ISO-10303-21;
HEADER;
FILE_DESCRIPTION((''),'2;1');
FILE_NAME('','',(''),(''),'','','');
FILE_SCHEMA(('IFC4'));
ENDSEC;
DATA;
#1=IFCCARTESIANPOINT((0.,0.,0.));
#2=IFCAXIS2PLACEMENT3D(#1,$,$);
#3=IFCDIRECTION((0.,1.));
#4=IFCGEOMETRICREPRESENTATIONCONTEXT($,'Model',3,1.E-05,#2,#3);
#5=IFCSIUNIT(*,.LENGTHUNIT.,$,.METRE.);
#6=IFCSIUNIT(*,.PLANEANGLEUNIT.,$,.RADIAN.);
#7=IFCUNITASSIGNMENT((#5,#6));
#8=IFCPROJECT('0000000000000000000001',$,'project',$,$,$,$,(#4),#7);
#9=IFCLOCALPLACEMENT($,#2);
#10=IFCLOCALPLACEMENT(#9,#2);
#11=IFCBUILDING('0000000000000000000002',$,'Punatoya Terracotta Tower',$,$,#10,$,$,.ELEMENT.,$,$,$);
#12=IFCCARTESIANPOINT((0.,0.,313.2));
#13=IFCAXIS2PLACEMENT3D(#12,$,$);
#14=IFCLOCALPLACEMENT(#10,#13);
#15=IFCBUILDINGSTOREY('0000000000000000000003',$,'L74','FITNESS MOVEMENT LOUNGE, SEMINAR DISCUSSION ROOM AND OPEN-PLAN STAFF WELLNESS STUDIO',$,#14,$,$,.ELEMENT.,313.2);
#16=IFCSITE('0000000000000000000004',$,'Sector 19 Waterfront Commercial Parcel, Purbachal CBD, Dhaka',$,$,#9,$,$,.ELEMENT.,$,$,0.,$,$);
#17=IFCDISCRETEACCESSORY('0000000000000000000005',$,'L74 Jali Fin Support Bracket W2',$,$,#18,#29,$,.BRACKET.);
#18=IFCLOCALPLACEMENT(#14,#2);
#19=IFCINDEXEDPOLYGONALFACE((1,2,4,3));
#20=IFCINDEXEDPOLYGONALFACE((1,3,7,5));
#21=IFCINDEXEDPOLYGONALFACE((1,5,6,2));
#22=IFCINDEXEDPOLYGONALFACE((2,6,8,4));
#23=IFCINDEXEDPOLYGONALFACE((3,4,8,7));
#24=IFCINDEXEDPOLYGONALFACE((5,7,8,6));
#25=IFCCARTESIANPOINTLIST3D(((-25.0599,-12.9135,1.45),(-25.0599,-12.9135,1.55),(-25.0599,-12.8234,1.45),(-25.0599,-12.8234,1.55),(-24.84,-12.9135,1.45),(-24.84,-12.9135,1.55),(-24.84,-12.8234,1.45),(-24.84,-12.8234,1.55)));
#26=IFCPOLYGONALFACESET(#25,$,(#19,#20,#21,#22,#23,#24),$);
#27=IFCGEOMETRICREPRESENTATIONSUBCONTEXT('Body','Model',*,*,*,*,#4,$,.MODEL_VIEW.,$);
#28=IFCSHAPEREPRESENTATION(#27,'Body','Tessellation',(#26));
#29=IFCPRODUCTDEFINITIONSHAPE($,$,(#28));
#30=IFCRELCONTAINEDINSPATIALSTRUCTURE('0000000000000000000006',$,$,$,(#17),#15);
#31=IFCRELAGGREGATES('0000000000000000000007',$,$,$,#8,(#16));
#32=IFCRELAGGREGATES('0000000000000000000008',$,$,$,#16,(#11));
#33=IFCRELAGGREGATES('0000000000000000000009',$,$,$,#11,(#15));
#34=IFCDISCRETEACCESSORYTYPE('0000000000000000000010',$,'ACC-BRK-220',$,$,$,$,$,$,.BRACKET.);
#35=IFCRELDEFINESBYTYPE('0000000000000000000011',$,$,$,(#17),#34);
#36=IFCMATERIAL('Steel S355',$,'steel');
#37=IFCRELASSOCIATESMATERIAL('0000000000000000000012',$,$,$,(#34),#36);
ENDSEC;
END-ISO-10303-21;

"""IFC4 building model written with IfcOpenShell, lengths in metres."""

from ifc_helpers import new_model, si_unit, direction, frame, origin, origin_2d, place, context, subcontext, project, spatial, rectangle, extrude, material, type_object, element, save


model = new_model("IFC4")

# Units and contexts
model_context = context("Model", 3, precision=1e-05, world=origin(), true_north=direction((0.0, 1.0)))
body_context = subcontext(model_context, "Body", "Model", "MODEL_VIEW")
ifc_project = project(units=[si_unit("LENGTHUNIT", "METRE"), si_unit("PLANEANGLEUNIT", "RADIAN")], contexts=[model_context])

# Site, building, storey
site_placement = place(None, origin())
site = spatial("IfcSite", under=ifc_project, at=site_placement, Name="Sector 19 Waterfront Commercial Parcel, Purbachal CBD, Dhaka", CompositionType="ELEMENT", RefElevation=0.0)
building_placement = place(site_placement, origin())
building = spatial("IfcBuilding", under=site, at=building_placement, Name="Punatoya Terracotta Tower", CompositionType="ELEMENT")
storey_placement = place(building_placement, frame((0.0, 0.0, 313.2)))
storey = spatial("IfcBuildingStorey", under=building, at=storey_placement, Name="L74", Description="FITNESS MOVEMENT LOUNGE, SEMINAR DISCUSSION ROOM AND OPEN-PLAN STAFF WELLNESS STUDIO", CompositionType="ELEMENT", Elevation=313.2)

# Shared definitions
ifc_material_1 = material(Name="Steel S355", Category="steel")

# Discrete accessory
discrete_accessory_type = type_object("IfcDiscreteAccessoryType", Name="ACC-BRK-220", PredefinedType="BRACKET", material=ifc_material_1)
discrete_accessory_placement = place(storey_placement, frame((-24.95, -12.8684, 1.45), z_axis=(0.0, 0.0, 1.0), x_axis=(0.0, -1.0, 0.0)))
element("IfcDiscreteAccessory", 1, at=discrete_accessory_placement, inside=storey, type_object=discrete_accessory_type, Name="L74 Jali Fin Support Bracket W2", PredefinedType="BRACKET", context=body_context, shape_type="SweptSolid", body=[
    extrude(rectangle(XDim=0.0901, YDim=0.22, at=origin_2d()), origin(), (0.0, 0.0, 1.0), 0.1001),
])

save(model, "model.ifc")
